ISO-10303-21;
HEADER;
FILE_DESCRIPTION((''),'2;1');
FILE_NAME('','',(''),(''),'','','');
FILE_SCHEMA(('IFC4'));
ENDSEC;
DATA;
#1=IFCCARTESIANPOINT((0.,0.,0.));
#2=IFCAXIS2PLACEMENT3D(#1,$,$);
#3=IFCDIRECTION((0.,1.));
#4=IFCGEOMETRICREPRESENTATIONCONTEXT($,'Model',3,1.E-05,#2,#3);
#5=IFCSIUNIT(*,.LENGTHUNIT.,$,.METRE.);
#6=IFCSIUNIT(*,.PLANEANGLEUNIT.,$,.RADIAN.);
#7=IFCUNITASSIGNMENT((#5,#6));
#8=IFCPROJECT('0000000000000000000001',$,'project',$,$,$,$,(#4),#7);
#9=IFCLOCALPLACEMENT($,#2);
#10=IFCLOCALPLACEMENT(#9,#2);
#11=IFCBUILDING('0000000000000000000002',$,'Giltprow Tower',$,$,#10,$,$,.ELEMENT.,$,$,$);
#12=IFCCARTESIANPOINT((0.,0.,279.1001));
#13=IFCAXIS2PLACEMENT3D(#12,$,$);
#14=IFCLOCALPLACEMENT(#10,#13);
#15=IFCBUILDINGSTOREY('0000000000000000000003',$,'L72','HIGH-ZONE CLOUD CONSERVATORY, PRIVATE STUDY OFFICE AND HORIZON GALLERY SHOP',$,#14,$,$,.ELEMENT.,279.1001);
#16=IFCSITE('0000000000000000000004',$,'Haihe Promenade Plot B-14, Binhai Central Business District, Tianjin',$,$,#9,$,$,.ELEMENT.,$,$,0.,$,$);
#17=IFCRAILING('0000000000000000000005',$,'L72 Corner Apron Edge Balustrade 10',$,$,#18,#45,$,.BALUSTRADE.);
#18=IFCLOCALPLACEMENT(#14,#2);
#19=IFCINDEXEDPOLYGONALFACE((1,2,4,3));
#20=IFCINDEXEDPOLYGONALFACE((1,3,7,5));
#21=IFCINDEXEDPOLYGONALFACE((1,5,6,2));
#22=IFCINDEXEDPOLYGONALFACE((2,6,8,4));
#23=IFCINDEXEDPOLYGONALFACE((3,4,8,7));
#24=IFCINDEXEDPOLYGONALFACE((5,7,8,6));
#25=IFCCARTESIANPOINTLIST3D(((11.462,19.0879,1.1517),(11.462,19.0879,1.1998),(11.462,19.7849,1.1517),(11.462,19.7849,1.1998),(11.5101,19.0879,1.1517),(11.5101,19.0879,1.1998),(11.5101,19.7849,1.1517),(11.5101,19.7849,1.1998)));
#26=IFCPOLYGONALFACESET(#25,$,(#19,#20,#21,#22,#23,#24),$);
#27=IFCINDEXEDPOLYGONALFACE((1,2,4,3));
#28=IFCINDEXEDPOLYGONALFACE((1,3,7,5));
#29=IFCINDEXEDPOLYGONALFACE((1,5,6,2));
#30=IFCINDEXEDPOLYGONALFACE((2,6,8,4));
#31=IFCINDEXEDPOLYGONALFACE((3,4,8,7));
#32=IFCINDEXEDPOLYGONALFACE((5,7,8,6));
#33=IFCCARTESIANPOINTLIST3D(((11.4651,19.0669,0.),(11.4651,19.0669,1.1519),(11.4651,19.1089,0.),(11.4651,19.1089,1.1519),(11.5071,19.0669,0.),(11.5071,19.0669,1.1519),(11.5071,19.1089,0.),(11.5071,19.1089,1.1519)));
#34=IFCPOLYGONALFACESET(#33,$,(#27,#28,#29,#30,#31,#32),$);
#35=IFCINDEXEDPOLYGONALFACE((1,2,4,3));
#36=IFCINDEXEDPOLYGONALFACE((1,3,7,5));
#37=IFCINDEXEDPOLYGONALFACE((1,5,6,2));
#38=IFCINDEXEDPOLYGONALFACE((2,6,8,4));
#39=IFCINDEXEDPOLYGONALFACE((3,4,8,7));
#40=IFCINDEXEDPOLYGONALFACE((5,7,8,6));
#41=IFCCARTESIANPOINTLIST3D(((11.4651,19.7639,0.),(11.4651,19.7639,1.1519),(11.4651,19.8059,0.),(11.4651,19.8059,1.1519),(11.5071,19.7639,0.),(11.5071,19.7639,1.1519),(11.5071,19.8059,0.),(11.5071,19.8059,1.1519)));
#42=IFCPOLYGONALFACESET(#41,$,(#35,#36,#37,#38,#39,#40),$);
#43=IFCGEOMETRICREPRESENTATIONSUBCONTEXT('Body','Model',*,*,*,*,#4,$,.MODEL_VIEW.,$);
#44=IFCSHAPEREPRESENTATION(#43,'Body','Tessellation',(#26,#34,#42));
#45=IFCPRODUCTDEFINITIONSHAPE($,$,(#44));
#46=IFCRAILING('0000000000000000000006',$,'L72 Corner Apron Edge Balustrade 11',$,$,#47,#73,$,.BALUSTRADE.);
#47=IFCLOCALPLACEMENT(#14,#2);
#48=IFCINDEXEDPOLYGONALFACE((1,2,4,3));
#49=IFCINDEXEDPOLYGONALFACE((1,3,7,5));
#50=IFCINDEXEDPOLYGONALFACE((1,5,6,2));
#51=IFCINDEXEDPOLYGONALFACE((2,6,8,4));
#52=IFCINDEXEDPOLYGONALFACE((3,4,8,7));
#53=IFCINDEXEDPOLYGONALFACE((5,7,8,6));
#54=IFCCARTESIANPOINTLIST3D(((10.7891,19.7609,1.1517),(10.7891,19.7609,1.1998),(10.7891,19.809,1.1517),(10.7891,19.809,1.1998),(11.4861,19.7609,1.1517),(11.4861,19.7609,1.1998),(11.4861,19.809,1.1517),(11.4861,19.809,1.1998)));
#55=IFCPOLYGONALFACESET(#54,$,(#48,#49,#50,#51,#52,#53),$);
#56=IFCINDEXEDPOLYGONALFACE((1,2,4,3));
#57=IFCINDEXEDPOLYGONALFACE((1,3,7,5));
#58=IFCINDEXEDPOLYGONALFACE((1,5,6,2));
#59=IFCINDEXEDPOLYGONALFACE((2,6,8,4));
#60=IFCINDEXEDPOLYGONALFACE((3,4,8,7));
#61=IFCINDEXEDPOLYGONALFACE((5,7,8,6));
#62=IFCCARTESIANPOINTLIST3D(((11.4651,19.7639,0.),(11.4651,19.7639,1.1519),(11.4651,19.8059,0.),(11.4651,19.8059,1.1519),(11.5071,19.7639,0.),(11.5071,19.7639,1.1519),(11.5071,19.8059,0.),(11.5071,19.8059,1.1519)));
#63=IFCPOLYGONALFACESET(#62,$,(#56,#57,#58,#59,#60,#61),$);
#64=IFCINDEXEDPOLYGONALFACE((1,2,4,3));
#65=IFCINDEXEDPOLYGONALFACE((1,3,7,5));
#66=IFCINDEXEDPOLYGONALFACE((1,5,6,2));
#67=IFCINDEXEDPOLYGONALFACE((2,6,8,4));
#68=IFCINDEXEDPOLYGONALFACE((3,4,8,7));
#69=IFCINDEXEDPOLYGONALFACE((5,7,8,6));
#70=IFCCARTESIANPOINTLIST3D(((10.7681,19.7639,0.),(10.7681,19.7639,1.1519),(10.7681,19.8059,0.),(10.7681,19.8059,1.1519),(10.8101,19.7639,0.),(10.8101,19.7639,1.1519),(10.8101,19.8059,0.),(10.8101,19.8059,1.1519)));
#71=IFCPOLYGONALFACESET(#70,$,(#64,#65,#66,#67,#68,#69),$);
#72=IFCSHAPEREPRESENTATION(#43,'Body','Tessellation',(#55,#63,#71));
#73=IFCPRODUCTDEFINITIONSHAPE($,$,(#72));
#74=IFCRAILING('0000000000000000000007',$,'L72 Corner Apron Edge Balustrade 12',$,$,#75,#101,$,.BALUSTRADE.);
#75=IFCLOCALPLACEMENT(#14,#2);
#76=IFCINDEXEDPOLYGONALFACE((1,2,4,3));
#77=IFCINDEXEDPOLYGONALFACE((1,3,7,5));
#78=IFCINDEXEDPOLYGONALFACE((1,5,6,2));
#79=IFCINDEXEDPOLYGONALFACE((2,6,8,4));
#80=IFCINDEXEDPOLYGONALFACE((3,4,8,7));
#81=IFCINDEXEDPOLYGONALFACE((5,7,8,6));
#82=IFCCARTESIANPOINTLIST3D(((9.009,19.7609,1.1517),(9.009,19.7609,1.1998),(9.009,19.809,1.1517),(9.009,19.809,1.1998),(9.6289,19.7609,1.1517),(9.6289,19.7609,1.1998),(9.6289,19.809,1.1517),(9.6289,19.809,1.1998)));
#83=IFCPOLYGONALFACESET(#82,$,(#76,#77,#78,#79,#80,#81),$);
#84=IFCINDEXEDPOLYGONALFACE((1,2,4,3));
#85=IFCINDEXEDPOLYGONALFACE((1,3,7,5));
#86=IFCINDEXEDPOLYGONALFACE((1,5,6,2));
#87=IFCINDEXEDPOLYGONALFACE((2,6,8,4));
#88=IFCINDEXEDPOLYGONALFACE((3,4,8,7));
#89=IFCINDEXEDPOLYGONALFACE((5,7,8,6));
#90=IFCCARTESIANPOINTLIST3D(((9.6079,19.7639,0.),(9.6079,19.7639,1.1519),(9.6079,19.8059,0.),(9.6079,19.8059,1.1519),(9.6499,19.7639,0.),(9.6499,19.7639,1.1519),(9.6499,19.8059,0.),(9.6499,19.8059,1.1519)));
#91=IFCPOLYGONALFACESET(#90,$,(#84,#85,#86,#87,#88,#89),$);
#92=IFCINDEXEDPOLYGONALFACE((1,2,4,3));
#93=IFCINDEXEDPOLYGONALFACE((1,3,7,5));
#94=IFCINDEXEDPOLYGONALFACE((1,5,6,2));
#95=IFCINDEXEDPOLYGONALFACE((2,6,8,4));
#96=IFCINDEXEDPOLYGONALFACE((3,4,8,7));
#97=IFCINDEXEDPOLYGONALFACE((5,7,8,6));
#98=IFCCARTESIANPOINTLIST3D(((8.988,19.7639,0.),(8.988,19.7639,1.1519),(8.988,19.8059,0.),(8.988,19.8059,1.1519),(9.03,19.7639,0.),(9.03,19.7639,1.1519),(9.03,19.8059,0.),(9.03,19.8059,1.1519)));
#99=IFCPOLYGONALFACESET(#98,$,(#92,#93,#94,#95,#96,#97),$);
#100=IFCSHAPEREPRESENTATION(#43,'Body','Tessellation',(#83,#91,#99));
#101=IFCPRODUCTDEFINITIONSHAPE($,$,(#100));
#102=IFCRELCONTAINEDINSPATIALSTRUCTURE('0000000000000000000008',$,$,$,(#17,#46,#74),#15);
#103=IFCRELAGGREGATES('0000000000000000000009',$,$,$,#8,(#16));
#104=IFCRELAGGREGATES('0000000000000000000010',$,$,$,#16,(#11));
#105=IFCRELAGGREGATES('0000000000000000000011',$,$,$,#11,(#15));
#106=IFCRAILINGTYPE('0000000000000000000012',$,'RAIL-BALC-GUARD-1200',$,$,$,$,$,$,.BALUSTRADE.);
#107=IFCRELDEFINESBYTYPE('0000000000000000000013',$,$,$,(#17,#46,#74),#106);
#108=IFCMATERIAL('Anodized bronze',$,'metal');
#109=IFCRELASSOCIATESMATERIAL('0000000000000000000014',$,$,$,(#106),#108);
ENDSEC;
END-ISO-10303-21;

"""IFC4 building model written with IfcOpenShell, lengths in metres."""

from ifc_helpers import new_model, si_unit, direction, frame, origin, origin_2d, place, context, subcontext, project, spatial, rectangle, extrude, material, type_object, element, save


model = new_model("IFC4")

# Units and contexts
model_context = context("Model", 3, precision=1e-05, world=origin(), true_north=direction((0.0, 1.0)))
body_context = subcontext(model_context, "Body", "Model", "MODEL_VIEW")
ifc_project = project(units=[si_unit("LENGTHUNIT", "METRE"), si_unit("PLANEANGLEUNIT", "RADIAN")], contexts=[model_context])

# Site, building, storey
site_placement = place(None, origin())
site = spatial("IfcSite", under=ifc_project, at=site_placement, Name="Haihe Promenade Plot B-14, Binhai Central Business District, Tianjin", CompositionType="ELEMENT", RefElevation=0.0)
building_placement = place(site_placement, origin())
building = spatial("IfcBuilding", under=site, at=building_placement, Name="Giltprow Tower", CompositionType="ELEMENT")
storey_placement = place(building_placement, frame((0.0, 0.0, 279.1001)))
storey = spatial("IfcBuildingStorey", under=building, at=storey_placement, Name="L72", Description="HIGH-ZONE CLOUD CONSERVATORY, PRIVATE STUDY OFFICE AND HORIZON GALLERY SHOP", CompositionType="ELEMENT", Elevation=279.1001)

# Railings
ifc_material_1 = material(Name="Anodized bronze", Category="metal")
railing_type = type_object("IfcRailingType", Name="RAIL-BALC-GUARD-1200", PredefinedType="BALUSTRADE", material=ifc_material_1)
railing_1_placement = place(storey_placement, frame((11.4861, 19.0879, 0.0)))
element("IfcRailing", 1, at=railing_1_placement, inside=storey, type_object=railing_type, Name="L72 Corner Apron Edge Balustrade 10", PredefinedType="BALUSTRADE", context=body_context, shape_type="SweptSolid", body=[
    extrude(rectangle(XDim=0.0481, YDim=0.0481, at=origin_2d()), frame((0.0, 0.0, 1.1758), z_axis=(0.0, 1.0, 0.0), x_axis=(-1.0, 0.0, 0.0)), (0.0, 0.0, 1.0), 0.697),
    extrude(rectangle(XDim=0.042, YDim=0.042, at=origin_2d()), origin(), (0.0, 0.0, 1.0), 1.1519),
    extrude(rectangle(XDim=0.042, YDim=0.042, at=origin_2d()), frame((0.0, 0.697, 0.0)), (0.0, 0.0, 1.0), 1.1519),
])
railing_2_placement = place(storey_placement, frame((11.4861, 19.7849, 0.0)))
element("IfcRailing", 2, at=railing_2_placement, inside=storey, type_object=railing_type, Name="L72 Corner Apron Edge Balustrade 11", PredefinedType="BALUSTRADE", context=body_context, shape_type="SweptSolid", body=[
    extrude(rectangle(XDim=0.0481, YDim=0.0481, at=origin_2d()), frame((0.0, 0.0, 1.1758), z_axis=(-1.0, 0.0, 0.0), x_axis=(0.0, -1.0, 0.0)), (0.0, 0.0, 1.0), 0.697),
    extrude(rectangle(XDim=0.042, YDim=0.042, at=origin_2d()), origin(), (0.0, 0.0, 1.0), 1.1519),
    extrude(rectangle(XDim=0.042, YDim=0.042, at=origin_2d()), frame((-0.697, 0.0, 0.0)), (0.0, 0.0, 1.0), 1.1519),
])
railing_3_placement = place(storey_placement, frame((9.6289, 19.7849, 0.0)))
element("IfcRailing", 3, at=railing_3_placement, inside=storey, type_object=railing_type, Name="L72 Corner Apron Edge Balustrade 12", PredefinedType="BALUSTRADE", context=body_context, shape_type="SweptSolid", body=[
    extrude(rectangle(XDim=0.0481, YDim=0.0481, at=origin_2d()), frame((0.0, 0.0, 1.1758), z_axis=(-1.0, 0.0, 0.0), x_axis=(0.0, -1.0, 0.0)), (0.0, 0.0, 1.0), 0.6199),
    extrude(rectangle(XDim=0.042, YDim=0.042, at=origin_2d()), origin(), (0.0, 0.0, 1.0), 1.1519),
    extrude(rectangle(XDim=0.042, YDim=0.042, at=origin_2d()), frame((-0.6199, 0.0, 0.0)), (0.0, 0.0, 1.0), 1.1519),
])

save(model, "model.ifc")
